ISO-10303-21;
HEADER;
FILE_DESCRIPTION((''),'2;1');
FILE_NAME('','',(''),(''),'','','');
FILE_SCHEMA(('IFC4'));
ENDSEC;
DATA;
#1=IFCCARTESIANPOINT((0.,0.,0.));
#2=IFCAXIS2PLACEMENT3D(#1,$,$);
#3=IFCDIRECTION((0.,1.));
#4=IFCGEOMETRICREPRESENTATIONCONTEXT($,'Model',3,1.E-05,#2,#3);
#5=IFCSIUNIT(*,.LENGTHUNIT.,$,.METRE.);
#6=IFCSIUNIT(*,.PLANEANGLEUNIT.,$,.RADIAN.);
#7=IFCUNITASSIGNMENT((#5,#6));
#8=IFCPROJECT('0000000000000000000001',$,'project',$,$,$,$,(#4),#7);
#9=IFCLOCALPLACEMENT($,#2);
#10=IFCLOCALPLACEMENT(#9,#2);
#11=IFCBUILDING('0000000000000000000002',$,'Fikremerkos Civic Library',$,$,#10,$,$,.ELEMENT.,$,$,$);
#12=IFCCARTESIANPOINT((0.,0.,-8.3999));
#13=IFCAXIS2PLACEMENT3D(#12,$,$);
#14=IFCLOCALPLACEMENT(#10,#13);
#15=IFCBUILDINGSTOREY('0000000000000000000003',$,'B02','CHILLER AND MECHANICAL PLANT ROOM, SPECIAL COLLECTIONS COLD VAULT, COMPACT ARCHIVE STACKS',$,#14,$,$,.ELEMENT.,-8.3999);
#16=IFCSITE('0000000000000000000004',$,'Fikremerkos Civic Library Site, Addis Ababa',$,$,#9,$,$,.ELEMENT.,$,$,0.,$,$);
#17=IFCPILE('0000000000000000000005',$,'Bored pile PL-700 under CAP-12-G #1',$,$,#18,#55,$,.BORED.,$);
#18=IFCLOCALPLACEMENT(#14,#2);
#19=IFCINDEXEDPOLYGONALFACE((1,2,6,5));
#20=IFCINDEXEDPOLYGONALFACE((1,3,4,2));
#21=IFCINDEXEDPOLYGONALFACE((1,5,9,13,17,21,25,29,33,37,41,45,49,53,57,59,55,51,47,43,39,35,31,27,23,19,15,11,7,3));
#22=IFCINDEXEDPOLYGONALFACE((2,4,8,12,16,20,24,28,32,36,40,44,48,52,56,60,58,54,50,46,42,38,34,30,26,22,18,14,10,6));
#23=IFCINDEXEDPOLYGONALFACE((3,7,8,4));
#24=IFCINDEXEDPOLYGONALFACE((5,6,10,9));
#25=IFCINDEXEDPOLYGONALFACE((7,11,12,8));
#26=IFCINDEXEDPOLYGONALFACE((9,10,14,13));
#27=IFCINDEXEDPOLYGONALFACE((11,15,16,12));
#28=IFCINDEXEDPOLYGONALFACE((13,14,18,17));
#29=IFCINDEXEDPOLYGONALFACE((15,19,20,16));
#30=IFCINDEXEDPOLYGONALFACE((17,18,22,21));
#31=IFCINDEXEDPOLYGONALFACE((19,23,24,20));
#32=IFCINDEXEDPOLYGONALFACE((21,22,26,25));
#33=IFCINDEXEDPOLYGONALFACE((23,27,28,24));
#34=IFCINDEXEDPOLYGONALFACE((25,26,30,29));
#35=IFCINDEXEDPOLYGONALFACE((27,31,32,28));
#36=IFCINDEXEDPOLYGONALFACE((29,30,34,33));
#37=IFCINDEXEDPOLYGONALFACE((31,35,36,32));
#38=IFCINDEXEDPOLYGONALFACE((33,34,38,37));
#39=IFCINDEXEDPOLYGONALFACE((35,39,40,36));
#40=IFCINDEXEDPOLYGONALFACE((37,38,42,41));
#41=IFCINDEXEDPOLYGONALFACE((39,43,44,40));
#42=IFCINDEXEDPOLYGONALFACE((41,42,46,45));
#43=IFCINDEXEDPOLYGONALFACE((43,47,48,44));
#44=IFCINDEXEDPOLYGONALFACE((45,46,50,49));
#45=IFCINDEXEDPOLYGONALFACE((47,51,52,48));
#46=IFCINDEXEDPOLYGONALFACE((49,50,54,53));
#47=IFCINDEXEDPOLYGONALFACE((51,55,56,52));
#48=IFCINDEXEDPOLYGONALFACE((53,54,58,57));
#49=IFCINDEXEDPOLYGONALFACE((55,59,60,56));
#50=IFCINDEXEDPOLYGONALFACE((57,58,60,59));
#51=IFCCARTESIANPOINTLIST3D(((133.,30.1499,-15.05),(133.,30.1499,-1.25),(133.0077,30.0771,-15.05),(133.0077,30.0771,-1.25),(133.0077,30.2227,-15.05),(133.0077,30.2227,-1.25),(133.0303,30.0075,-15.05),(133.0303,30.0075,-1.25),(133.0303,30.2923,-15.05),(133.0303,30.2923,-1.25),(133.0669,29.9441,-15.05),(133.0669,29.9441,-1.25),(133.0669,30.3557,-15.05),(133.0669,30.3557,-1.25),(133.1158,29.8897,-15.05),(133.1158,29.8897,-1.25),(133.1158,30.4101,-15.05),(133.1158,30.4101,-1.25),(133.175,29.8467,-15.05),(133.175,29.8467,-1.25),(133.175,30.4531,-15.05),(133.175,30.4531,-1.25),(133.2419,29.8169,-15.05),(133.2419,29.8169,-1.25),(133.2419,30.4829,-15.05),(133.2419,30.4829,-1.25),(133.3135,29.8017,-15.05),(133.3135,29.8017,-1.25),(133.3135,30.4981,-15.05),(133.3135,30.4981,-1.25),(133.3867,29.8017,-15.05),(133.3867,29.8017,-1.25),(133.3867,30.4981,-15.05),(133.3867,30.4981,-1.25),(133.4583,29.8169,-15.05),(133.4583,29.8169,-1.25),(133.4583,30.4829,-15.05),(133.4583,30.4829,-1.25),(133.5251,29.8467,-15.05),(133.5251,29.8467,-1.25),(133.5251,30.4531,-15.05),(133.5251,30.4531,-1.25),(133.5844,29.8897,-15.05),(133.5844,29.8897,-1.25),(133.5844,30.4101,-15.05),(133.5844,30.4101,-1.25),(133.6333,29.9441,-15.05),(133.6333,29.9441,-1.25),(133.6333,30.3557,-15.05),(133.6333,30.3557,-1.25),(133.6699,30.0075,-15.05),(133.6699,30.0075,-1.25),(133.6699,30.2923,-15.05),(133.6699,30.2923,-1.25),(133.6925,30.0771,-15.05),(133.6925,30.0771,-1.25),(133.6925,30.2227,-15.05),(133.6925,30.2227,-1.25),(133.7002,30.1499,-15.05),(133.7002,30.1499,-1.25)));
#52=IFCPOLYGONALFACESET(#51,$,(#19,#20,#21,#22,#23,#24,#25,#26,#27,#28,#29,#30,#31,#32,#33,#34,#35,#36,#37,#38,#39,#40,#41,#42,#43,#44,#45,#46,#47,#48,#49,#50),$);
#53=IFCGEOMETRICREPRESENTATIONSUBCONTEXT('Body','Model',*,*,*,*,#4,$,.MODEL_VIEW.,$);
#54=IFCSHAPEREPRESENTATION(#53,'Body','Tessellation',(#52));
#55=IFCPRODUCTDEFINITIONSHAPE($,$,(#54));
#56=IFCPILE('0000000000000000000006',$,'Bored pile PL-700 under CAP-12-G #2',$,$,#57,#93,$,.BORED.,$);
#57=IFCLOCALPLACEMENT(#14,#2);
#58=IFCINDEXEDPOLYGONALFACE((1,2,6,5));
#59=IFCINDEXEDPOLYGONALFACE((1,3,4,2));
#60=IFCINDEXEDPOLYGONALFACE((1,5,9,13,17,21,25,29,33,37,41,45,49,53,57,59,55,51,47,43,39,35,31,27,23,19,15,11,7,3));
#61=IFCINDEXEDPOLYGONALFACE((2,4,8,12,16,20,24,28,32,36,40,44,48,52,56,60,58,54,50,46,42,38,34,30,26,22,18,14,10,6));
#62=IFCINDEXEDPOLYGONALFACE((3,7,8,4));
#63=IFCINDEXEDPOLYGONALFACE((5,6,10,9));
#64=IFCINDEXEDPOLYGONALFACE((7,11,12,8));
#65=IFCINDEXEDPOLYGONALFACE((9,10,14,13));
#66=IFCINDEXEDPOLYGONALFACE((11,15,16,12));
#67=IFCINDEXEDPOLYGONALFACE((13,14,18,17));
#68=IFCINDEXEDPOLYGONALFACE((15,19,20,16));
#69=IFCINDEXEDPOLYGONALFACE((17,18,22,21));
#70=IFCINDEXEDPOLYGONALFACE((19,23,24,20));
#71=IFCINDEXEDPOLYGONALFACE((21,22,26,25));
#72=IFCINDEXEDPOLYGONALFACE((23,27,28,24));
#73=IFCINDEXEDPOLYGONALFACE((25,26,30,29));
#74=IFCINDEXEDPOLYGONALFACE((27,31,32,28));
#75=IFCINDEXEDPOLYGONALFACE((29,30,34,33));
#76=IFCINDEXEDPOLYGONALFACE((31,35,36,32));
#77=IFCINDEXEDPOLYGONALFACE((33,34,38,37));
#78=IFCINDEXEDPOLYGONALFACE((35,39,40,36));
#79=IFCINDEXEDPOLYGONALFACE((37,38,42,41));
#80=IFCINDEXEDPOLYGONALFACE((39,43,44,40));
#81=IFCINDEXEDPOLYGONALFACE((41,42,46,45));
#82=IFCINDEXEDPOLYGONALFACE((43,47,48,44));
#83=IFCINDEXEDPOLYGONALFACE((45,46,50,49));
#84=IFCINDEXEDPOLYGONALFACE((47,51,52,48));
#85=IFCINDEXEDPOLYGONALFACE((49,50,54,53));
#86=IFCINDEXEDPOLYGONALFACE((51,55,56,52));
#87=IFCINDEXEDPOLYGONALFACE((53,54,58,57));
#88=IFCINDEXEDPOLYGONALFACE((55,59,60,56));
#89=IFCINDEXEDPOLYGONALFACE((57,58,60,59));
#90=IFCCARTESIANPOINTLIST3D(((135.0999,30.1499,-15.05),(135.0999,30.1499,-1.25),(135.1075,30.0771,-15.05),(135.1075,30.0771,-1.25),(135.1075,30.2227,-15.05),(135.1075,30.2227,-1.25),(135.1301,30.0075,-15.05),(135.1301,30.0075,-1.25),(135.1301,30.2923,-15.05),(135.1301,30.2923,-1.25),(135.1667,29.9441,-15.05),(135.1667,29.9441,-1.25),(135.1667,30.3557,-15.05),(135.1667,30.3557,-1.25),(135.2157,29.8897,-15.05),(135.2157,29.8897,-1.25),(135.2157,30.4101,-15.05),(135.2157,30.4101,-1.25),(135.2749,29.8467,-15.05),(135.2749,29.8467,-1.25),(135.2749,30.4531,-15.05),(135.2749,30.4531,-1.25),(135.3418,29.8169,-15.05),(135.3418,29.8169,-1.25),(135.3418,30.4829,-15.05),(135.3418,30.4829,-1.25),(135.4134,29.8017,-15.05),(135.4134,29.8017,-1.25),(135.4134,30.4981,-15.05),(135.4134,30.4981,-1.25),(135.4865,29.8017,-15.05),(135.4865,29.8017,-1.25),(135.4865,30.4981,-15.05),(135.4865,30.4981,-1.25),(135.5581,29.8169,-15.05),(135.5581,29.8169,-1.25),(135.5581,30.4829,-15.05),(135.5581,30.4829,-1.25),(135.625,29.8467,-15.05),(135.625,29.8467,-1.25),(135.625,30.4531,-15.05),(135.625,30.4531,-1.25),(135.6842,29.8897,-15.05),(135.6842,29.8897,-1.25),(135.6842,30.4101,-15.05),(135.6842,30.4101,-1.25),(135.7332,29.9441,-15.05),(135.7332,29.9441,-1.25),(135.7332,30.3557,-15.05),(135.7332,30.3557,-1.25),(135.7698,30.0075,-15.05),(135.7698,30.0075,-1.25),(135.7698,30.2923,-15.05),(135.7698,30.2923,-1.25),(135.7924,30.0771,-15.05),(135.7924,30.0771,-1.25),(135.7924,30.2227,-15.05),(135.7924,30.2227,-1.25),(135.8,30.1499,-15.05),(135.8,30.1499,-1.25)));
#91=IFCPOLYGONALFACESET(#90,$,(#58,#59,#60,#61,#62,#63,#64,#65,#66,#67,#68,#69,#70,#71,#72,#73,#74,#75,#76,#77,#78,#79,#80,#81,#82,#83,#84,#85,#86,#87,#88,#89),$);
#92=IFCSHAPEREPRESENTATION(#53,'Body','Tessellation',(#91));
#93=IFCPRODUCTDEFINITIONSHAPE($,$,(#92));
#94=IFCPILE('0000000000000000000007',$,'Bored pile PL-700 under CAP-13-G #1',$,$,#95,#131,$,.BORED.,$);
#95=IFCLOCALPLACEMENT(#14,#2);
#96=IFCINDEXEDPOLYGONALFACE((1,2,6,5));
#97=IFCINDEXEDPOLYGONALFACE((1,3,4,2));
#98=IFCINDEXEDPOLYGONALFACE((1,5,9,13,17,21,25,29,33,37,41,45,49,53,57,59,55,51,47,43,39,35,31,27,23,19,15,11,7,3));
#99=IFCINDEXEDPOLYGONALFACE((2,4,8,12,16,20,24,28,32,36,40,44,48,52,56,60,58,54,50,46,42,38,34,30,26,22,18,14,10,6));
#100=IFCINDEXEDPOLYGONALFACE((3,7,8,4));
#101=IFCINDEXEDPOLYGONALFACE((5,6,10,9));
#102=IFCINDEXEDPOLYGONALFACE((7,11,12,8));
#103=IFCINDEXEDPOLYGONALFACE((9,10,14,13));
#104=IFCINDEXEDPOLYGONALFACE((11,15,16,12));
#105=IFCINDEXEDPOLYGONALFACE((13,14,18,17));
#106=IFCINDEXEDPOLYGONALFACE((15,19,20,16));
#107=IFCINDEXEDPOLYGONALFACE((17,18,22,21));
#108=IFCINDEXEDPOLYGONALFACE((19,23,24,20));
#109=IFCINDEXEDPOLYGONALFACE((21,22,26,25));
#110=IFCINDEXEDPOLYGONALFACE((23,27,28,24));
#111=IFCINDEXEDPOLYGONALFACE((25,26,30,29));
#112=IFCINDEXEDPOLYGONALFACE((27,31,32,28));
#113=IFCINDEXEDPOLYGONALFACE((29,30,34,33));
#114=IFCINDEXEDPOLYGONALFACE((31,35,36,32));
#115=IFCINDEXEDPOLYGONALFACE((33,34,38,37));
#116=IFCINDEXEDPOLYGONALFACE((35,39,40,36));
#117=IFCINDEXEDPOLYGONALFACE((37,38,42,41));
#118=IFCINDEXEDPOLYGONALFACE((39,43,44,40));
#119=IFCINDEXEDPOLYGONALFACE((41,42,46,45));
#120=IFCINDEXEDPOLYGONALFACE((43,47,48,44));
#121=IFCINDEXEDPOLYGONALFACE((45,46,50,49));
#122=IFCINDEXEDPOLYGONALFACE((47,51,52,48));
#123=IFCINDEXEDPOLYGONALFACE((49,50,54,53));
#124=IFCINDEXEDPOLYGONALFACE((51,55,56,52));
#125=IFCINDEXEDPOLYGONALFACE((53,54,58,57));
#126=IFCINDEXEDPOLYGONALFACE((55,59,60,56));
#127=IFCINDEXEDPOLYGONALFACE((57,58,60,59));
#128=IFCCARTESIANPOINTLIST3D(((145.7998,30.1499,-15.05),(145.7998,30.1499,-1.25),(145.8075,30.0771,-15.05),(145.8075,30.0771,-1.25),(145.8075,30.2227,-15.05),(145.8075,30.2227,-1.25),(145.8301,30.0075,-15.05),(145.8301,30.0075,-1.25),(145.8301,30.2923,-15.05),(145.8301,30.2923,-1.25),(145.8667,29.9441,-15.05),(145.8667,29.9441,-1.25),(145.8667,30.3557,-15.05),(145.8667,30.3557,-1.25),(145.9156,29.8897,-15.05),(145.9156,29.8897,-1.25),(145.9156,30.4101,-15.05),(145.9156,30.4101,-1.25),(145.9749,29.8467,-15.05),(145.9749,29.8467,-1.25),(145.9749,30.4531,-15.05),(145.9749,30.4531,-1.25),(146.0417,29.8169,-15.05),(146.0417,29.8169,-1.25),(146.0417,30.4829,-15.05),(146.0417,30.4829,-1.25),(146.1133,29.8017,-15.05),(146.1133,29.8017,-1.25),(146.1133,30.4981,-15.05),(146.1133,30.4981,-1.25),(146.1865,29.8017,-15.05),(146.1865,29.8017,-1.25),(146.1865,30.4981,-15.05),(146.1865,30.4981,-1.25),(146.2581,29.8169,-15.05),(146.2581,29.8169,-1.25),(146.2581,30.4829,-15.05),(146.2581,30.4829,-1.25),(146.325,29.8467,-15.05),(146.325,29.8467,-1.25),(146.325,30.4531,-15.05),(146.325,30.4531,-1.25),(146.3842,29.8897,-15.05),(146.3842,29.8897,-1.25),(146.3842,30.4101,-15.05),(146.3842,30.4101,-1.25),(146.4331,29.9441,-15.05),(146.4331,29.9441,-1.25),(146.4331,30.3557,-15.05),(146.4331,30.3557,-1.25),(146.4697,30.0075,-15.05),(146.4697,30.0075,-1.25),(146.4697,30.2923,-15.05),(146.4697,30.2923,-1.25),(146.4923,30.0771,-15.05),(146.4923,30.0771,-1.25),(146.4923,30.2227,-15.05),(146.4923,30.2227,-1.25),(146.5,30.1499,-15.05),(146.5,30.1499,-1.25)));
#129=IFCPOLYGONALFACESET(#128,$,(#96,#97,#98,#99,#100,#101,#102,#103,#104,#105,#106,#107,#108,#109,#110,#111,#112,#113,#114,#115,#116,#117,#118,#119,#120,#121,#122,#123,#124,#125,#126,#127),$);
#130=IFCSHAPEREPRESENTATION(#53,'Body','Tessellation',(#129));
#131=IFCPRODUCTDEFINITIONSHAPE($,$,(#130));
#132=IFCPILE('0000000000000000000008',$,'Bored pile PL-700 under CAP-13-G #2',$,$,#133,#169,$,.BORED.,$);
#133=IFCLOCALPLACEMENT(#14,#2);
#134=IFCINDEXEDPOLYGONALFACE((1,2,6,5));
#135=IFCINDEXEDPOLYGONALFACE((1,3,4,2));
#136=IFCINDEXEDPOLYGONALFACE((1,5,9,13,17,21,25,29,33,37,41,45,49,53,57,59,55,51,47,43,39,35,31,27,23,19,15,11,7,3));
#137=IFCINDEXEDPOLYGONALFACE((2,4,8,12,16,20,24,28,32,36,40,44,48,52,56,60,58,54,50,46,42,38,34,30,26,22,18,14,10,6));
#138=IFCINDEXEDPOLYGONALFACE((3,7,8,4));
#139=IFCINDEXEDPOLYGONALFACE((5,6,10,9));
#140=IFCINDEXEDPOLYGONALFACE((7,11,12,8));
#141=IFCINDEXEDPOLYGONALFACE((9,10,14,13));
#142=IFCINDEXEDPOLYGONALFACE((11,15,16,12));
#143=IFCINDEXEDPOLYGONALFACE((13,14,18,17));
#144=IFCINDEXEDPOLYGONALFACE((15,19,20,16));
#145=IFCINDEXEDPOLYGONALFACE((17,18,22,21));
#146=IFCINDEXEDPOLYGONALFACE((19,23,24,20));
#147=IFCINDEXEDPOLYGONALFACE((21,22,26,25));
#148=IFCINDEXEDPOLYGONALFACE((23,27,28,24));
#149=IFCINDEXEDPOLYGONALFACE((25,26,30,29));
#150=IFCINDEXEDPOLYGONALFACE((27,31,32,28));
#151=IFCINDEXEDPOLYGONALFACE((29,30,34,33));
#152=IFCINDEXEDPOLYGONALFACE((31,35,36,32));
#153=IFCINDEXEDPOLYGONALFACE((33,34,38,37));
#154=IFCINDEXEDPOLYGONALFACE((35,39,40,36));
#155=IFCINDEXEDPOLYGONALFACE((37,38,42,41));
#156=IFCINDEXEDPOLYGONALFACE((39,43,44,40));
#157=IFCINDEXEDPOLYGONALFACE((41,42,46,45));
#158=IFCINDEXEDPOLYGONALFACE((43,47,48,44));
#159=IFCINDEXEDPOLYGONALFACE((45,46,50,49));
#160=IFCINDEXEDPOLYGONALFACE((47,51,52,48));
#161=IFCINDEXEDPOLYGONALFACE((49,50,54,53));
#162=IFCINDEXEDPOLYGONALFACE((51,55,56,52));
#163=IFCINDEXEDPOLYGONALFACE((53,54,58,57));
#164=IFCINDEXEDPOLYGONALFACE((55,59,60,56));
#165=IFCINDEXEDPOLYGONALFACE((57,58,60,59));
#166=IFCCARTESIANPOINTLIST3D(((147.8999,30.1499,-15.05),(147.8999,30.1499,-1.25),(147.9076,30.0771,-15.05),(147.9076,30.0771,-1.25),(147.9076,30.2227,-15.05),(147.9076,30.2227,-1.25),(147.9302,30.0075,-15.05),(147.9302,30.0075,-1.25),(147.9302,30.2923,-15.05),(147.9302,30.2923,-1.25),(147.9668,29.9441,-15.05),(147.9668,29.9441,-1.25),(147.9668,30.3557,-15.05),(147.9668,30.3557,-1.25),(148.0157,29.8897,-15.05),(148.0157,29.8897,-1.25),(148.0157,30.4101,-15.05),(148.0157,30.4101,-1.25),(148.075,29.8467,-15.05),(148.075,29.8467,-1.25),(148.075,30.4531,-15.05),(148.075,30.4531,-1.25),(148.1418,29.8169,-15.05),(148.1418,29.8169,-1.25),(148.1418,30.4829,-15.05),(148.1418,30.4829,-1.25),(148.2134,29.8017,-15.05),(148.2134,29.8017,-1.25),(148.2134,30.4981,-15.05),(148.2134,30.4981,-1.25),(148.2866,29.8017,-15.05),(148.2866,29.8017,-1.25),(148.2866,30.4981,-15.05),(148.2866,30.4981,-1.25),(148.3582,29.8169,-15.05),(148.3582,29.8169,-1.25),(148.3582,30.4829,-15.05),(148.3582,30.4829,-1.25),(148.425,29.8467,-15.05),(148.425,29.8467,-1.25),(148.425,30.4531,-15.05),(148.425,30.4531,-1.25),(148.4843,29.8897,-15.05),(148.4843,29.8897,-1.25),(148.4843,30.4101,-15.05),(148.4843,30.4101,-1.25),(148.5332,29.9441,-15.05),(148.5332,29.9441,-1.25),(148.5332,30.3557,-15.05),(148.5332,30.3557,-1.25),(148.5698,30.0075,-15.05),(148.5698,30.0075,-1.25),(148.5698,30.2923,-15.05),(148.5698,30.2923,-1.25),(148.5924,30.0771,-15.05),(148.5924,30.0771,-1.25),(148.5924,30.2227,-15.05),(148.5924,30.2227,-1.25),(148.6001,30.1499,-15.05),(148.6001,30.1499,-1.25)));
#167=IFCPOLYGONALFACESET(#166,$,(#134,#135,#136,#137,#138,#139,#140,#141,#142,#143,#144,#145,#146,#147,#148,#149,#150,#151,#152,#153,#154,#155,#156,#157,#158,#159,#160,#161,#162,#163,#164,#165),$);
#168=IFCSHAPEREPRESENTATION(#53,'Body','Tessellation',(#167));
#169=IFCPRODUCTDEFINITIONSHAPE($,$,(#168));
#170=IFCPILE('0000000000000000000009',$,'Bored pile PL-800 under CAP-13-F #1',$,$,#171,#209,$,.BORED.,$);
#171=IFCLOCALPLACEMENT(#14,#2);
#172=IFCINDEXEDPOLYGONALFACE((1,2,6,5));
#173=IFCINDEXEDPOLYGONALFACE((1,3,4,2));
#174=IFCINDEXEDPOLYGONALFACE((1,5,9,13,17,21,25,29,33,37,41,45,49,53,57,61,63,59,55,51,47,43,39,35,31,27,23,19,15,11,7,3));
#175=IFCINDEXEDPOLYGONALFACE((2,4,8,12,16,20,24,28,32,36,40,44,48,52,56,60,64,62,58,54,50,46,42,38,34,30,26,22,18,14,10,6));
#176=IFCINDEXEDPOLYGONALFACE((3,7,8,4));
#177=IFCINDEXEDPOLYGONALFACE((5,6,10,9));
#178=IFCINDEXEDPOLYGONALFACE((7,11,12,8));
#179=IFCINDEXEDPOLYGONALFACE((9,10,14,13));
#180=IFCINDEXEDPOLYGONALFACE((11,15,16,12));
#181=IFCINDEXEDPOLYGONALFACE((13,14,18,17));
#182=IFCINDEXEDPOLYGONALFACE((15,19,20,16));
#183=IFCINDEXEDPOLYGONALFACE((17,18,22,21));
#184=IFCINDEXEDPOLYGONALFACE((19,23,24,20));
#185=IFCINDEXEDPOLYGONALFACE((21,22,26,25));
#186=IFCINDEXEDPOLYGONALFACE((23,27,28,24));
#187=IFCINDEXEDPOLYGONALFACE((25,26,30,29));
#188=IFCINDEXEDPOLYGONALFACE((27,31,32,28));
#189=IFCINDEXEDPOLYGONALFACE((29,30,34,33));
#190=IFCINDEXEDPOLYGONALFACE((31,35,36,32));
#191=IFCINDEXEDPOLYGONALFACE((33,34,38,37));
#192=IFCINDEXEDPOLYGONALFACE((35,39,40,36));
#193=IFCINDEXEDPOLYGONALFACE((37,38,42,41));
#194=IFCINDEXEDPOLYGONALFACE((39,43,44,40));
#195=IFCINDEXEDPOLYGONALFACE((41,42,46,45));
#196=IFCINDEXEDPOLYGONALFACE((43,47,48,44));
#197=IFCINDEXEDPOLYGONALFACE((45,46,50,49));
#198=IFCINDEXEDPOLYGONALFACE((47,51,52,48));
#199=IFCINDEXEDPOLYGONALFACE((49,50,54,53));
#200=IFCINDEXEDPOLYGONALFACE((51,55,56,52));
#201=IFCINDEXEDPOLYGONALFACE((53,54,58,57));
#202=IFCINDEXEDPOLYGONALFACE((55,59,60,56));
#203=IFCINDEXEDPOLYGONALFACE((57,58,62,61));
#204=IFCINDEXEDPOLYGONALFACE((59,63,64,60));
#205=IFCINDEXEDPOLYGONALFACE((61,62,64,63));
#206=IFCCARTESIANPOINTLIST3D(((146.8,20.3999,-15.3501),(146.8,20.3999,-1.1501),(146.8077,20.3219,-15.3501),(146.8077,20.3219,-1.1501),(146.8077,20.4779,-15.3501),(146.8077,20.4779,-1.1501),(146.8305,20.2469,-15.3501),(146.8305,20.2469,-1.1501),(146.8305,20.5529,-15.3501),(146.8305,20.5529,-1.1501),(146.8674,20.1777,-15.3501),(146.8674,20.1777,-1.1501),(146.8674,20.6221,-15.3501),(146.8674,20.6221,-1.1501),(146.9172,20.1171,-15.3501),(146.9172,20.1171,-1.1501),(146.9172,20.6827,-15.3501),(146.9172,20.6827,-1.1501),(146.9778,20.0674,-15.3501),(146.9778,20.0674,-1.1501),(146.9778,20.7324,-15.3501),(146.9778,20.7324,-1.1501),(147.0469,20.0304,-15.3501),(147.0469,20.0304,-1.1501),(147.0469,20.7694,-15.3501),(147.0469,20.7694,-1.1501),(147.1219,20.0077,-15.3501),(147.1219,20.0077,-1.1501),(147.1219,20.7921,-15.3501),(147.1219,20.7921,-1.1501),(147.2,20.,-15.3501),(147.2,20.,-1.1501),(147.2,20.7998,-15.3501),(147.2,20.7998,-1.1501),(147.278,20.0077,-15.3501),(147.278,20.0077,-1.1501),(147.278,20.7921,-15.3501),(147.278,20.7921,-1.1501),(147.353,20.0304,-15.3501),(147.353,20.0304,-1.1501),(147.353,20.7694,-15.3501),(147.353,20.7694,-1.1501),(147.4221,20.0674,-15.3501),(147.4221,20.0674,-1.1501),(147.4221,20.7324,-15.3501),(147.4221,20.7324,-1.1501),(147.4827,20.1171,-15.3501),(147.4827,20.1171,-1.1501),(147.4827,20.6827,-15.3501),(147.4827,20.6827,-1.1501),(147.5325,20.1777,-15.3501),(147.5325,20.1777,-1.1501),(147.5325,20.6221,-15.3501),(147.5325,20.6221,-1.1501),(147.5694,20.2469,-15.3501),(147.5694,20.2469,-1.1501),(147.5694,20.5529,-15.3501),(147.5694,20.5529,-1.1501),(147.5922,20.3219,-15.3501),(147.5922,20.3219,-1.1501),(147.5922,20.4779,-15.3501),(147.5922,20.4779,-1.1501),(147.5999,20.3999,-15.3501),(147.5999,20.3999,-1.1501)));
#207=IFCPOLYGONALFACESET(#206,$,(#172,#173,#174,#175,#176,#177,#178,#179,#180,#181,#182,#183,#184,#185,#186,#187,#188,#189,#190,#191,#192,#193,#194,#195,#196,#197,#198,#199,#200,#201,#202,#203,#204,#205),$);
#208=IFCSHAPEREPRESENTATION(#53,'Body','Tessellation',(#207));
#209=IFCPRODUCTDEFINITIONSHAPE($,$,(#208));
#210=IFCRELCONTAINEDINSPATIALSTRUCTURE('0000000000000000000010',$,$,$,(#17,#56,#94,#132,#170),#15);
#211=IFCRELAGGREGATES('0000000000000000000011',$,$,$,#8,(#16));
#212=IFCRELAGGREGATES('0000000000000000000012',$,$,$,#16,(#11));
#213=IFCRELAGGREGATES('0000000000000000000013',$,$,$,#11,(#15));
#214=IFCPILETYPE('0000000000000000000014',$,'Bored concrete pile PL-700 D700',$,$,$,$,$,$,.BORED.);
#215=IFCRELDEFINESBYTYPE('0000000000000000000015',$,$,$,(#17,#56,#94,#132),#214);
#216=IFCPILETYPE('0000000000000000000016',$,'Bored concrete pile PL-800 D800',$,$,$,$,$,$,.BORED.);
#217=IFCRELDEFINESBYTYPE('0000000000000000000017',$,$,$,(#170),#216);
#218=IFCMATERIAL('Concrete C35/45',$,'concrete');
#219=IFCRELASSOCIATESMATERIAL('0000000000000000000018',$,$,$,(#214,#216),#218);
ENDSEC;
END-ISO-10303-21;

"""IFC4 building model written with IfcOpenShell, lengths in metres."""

from ifc_helpers import new_model, si_unit, direction, frame, origin, origin_2d, place, context, subcontext, project, spatial, circle, extrude, material, material_profile, profile_set, type_object, element, save


model = new_model("IFC4")

# Units and contexts
model_context = context("Model", 3, precision=1e-05, world=origin(), true_north=direction((0.0, 1.0)))
body_context = subcontext(model_context, "Body", "Model", "MODEL_VIEW")
ifc_project = project(units=[si_unit("LENGTHUNIT", "METRE"), si_unit("PLANEANGLEUNIT", "RADIAN")], contexts=[model_context])

# Site, building, storey
site_placement = place(None, origin())
site = spatial("IfcSite", under=ifc_project, at=site_placement, Name="Fikremerkos Civic Library Site, Addis Ababa", CompositionType="ELEMENT", RefElevation=0.0)
building_placement = place(site_placement, origin())
building = spatial("IfcBuilding", under=site, at=building_placement, Name="Fikremerkos Civic Library", CompositionType="ELEMENT")
storey_placement = place(building_placement, frame((0.0, 0.0, -8.3999)))
storey = spatial("IfcBuildingStorey", under=building, at=storey_placement, Name="B02", Description="CHILLER AND MECHANICAL PLANT ROOM, SPECIAL COLLECTIONS COLD VAULT, COMPACT ARCHIVE STACKS", CompositionType="ELEMENT", Elevation=-8.3999)

# Piles
ifc_material_1 = material(Name="Concrete C35/45", Category="concrete")
ifc_material_profile_1 = material_profile(ifc_material_1, circle(Radius=0.3501, at=origin_2d()), Name="BORED PILE 700")
ifc_profile_set_1 = profile_set([ifc_material_profile_1], Name="Concrete C35/45")
pile_type_1 = type_object("IfcPileType", Name="Bored concrete pile PL-700 D700", PredefinedType="BORED", material=ifc_profile_set_1)
for number, where, z_axis, x_axis, name in (
    (1, (133.3501, 30.1499, -1.25), (0.0, 0.0, -1.0), (1.0, 0.0, 0.0), "Bored pile PL-700 under CAP-12-G #1"),
    (2, (135.45, 30.1499, -1.25), (0.0, 0.0, -1.0), (1.0, 0.0, 0.0), "Bored pile PL-700 under CAP-12-G #2"),
    (3, (146.1499, 30.1499, -1.25), (0.0, 0.0, -1.0), (1.0, 0.0, 0.0), "Bored pile PL-700 under CAP-13-G #1"),
    (4, (148.25, 30.1499, -1.25), (0.0, 0.0, -1.0), (1.0, 0.0, 0.0), "Bored pile PL-700 under CAP-13-G #2"),
):
    element("IfcPile", number, at=place(storey_placement, frame(where, z_axis=z_axis, x_axis=x_axis)), inside=storey, type_object=pile_type_1, Name=name, PredefinedType="BORED", context=body_context, shape_type="SweptSolid", body=[
        extrude(circle(Radius=0.3501, at=origin_2d()), origin(), (0.0, 0.0, 1.0), 13.8),
    ])
ifc_material_profile_2 = material_profile(ifc_material_1, circle(Radius=0.3999, at=origin_2d()), Name="BORED PILE 800")
ifc_profile_set_2 = profile_set([ifc_material_profile_2], Name="Concrete C35/45")
pile_type_2 = type_object("IfcPileType", Name="Bored concrete pile PL-800 D800", PredefinedType="BORED", material=ifc_profile_set_2)
for number, where, z_axis, x_axis, name in (
    (5, (147.2, 20.3999, -1.1501), (0.0, 0.0, -1.0), (1.0, 0.0, 0.0), "Bored pile PL-800 under CAP-13-F #1"),
):
    element("IfcPile", number, at=place(storey_placement, frame(where, z_axis=z_axis, x_axis=x_axis)), inside=storey, type_object=pile_type_2, Name=name, PredefinedType="BORED", context=body_context, shape_type="SweptSolid", body=[
        extrude(circle(Radius=0.3999, at=origin_2d()), origin(), (0.0, 0.0, 1.0), 14.2),
    ])

save(model, "model.ifc")
